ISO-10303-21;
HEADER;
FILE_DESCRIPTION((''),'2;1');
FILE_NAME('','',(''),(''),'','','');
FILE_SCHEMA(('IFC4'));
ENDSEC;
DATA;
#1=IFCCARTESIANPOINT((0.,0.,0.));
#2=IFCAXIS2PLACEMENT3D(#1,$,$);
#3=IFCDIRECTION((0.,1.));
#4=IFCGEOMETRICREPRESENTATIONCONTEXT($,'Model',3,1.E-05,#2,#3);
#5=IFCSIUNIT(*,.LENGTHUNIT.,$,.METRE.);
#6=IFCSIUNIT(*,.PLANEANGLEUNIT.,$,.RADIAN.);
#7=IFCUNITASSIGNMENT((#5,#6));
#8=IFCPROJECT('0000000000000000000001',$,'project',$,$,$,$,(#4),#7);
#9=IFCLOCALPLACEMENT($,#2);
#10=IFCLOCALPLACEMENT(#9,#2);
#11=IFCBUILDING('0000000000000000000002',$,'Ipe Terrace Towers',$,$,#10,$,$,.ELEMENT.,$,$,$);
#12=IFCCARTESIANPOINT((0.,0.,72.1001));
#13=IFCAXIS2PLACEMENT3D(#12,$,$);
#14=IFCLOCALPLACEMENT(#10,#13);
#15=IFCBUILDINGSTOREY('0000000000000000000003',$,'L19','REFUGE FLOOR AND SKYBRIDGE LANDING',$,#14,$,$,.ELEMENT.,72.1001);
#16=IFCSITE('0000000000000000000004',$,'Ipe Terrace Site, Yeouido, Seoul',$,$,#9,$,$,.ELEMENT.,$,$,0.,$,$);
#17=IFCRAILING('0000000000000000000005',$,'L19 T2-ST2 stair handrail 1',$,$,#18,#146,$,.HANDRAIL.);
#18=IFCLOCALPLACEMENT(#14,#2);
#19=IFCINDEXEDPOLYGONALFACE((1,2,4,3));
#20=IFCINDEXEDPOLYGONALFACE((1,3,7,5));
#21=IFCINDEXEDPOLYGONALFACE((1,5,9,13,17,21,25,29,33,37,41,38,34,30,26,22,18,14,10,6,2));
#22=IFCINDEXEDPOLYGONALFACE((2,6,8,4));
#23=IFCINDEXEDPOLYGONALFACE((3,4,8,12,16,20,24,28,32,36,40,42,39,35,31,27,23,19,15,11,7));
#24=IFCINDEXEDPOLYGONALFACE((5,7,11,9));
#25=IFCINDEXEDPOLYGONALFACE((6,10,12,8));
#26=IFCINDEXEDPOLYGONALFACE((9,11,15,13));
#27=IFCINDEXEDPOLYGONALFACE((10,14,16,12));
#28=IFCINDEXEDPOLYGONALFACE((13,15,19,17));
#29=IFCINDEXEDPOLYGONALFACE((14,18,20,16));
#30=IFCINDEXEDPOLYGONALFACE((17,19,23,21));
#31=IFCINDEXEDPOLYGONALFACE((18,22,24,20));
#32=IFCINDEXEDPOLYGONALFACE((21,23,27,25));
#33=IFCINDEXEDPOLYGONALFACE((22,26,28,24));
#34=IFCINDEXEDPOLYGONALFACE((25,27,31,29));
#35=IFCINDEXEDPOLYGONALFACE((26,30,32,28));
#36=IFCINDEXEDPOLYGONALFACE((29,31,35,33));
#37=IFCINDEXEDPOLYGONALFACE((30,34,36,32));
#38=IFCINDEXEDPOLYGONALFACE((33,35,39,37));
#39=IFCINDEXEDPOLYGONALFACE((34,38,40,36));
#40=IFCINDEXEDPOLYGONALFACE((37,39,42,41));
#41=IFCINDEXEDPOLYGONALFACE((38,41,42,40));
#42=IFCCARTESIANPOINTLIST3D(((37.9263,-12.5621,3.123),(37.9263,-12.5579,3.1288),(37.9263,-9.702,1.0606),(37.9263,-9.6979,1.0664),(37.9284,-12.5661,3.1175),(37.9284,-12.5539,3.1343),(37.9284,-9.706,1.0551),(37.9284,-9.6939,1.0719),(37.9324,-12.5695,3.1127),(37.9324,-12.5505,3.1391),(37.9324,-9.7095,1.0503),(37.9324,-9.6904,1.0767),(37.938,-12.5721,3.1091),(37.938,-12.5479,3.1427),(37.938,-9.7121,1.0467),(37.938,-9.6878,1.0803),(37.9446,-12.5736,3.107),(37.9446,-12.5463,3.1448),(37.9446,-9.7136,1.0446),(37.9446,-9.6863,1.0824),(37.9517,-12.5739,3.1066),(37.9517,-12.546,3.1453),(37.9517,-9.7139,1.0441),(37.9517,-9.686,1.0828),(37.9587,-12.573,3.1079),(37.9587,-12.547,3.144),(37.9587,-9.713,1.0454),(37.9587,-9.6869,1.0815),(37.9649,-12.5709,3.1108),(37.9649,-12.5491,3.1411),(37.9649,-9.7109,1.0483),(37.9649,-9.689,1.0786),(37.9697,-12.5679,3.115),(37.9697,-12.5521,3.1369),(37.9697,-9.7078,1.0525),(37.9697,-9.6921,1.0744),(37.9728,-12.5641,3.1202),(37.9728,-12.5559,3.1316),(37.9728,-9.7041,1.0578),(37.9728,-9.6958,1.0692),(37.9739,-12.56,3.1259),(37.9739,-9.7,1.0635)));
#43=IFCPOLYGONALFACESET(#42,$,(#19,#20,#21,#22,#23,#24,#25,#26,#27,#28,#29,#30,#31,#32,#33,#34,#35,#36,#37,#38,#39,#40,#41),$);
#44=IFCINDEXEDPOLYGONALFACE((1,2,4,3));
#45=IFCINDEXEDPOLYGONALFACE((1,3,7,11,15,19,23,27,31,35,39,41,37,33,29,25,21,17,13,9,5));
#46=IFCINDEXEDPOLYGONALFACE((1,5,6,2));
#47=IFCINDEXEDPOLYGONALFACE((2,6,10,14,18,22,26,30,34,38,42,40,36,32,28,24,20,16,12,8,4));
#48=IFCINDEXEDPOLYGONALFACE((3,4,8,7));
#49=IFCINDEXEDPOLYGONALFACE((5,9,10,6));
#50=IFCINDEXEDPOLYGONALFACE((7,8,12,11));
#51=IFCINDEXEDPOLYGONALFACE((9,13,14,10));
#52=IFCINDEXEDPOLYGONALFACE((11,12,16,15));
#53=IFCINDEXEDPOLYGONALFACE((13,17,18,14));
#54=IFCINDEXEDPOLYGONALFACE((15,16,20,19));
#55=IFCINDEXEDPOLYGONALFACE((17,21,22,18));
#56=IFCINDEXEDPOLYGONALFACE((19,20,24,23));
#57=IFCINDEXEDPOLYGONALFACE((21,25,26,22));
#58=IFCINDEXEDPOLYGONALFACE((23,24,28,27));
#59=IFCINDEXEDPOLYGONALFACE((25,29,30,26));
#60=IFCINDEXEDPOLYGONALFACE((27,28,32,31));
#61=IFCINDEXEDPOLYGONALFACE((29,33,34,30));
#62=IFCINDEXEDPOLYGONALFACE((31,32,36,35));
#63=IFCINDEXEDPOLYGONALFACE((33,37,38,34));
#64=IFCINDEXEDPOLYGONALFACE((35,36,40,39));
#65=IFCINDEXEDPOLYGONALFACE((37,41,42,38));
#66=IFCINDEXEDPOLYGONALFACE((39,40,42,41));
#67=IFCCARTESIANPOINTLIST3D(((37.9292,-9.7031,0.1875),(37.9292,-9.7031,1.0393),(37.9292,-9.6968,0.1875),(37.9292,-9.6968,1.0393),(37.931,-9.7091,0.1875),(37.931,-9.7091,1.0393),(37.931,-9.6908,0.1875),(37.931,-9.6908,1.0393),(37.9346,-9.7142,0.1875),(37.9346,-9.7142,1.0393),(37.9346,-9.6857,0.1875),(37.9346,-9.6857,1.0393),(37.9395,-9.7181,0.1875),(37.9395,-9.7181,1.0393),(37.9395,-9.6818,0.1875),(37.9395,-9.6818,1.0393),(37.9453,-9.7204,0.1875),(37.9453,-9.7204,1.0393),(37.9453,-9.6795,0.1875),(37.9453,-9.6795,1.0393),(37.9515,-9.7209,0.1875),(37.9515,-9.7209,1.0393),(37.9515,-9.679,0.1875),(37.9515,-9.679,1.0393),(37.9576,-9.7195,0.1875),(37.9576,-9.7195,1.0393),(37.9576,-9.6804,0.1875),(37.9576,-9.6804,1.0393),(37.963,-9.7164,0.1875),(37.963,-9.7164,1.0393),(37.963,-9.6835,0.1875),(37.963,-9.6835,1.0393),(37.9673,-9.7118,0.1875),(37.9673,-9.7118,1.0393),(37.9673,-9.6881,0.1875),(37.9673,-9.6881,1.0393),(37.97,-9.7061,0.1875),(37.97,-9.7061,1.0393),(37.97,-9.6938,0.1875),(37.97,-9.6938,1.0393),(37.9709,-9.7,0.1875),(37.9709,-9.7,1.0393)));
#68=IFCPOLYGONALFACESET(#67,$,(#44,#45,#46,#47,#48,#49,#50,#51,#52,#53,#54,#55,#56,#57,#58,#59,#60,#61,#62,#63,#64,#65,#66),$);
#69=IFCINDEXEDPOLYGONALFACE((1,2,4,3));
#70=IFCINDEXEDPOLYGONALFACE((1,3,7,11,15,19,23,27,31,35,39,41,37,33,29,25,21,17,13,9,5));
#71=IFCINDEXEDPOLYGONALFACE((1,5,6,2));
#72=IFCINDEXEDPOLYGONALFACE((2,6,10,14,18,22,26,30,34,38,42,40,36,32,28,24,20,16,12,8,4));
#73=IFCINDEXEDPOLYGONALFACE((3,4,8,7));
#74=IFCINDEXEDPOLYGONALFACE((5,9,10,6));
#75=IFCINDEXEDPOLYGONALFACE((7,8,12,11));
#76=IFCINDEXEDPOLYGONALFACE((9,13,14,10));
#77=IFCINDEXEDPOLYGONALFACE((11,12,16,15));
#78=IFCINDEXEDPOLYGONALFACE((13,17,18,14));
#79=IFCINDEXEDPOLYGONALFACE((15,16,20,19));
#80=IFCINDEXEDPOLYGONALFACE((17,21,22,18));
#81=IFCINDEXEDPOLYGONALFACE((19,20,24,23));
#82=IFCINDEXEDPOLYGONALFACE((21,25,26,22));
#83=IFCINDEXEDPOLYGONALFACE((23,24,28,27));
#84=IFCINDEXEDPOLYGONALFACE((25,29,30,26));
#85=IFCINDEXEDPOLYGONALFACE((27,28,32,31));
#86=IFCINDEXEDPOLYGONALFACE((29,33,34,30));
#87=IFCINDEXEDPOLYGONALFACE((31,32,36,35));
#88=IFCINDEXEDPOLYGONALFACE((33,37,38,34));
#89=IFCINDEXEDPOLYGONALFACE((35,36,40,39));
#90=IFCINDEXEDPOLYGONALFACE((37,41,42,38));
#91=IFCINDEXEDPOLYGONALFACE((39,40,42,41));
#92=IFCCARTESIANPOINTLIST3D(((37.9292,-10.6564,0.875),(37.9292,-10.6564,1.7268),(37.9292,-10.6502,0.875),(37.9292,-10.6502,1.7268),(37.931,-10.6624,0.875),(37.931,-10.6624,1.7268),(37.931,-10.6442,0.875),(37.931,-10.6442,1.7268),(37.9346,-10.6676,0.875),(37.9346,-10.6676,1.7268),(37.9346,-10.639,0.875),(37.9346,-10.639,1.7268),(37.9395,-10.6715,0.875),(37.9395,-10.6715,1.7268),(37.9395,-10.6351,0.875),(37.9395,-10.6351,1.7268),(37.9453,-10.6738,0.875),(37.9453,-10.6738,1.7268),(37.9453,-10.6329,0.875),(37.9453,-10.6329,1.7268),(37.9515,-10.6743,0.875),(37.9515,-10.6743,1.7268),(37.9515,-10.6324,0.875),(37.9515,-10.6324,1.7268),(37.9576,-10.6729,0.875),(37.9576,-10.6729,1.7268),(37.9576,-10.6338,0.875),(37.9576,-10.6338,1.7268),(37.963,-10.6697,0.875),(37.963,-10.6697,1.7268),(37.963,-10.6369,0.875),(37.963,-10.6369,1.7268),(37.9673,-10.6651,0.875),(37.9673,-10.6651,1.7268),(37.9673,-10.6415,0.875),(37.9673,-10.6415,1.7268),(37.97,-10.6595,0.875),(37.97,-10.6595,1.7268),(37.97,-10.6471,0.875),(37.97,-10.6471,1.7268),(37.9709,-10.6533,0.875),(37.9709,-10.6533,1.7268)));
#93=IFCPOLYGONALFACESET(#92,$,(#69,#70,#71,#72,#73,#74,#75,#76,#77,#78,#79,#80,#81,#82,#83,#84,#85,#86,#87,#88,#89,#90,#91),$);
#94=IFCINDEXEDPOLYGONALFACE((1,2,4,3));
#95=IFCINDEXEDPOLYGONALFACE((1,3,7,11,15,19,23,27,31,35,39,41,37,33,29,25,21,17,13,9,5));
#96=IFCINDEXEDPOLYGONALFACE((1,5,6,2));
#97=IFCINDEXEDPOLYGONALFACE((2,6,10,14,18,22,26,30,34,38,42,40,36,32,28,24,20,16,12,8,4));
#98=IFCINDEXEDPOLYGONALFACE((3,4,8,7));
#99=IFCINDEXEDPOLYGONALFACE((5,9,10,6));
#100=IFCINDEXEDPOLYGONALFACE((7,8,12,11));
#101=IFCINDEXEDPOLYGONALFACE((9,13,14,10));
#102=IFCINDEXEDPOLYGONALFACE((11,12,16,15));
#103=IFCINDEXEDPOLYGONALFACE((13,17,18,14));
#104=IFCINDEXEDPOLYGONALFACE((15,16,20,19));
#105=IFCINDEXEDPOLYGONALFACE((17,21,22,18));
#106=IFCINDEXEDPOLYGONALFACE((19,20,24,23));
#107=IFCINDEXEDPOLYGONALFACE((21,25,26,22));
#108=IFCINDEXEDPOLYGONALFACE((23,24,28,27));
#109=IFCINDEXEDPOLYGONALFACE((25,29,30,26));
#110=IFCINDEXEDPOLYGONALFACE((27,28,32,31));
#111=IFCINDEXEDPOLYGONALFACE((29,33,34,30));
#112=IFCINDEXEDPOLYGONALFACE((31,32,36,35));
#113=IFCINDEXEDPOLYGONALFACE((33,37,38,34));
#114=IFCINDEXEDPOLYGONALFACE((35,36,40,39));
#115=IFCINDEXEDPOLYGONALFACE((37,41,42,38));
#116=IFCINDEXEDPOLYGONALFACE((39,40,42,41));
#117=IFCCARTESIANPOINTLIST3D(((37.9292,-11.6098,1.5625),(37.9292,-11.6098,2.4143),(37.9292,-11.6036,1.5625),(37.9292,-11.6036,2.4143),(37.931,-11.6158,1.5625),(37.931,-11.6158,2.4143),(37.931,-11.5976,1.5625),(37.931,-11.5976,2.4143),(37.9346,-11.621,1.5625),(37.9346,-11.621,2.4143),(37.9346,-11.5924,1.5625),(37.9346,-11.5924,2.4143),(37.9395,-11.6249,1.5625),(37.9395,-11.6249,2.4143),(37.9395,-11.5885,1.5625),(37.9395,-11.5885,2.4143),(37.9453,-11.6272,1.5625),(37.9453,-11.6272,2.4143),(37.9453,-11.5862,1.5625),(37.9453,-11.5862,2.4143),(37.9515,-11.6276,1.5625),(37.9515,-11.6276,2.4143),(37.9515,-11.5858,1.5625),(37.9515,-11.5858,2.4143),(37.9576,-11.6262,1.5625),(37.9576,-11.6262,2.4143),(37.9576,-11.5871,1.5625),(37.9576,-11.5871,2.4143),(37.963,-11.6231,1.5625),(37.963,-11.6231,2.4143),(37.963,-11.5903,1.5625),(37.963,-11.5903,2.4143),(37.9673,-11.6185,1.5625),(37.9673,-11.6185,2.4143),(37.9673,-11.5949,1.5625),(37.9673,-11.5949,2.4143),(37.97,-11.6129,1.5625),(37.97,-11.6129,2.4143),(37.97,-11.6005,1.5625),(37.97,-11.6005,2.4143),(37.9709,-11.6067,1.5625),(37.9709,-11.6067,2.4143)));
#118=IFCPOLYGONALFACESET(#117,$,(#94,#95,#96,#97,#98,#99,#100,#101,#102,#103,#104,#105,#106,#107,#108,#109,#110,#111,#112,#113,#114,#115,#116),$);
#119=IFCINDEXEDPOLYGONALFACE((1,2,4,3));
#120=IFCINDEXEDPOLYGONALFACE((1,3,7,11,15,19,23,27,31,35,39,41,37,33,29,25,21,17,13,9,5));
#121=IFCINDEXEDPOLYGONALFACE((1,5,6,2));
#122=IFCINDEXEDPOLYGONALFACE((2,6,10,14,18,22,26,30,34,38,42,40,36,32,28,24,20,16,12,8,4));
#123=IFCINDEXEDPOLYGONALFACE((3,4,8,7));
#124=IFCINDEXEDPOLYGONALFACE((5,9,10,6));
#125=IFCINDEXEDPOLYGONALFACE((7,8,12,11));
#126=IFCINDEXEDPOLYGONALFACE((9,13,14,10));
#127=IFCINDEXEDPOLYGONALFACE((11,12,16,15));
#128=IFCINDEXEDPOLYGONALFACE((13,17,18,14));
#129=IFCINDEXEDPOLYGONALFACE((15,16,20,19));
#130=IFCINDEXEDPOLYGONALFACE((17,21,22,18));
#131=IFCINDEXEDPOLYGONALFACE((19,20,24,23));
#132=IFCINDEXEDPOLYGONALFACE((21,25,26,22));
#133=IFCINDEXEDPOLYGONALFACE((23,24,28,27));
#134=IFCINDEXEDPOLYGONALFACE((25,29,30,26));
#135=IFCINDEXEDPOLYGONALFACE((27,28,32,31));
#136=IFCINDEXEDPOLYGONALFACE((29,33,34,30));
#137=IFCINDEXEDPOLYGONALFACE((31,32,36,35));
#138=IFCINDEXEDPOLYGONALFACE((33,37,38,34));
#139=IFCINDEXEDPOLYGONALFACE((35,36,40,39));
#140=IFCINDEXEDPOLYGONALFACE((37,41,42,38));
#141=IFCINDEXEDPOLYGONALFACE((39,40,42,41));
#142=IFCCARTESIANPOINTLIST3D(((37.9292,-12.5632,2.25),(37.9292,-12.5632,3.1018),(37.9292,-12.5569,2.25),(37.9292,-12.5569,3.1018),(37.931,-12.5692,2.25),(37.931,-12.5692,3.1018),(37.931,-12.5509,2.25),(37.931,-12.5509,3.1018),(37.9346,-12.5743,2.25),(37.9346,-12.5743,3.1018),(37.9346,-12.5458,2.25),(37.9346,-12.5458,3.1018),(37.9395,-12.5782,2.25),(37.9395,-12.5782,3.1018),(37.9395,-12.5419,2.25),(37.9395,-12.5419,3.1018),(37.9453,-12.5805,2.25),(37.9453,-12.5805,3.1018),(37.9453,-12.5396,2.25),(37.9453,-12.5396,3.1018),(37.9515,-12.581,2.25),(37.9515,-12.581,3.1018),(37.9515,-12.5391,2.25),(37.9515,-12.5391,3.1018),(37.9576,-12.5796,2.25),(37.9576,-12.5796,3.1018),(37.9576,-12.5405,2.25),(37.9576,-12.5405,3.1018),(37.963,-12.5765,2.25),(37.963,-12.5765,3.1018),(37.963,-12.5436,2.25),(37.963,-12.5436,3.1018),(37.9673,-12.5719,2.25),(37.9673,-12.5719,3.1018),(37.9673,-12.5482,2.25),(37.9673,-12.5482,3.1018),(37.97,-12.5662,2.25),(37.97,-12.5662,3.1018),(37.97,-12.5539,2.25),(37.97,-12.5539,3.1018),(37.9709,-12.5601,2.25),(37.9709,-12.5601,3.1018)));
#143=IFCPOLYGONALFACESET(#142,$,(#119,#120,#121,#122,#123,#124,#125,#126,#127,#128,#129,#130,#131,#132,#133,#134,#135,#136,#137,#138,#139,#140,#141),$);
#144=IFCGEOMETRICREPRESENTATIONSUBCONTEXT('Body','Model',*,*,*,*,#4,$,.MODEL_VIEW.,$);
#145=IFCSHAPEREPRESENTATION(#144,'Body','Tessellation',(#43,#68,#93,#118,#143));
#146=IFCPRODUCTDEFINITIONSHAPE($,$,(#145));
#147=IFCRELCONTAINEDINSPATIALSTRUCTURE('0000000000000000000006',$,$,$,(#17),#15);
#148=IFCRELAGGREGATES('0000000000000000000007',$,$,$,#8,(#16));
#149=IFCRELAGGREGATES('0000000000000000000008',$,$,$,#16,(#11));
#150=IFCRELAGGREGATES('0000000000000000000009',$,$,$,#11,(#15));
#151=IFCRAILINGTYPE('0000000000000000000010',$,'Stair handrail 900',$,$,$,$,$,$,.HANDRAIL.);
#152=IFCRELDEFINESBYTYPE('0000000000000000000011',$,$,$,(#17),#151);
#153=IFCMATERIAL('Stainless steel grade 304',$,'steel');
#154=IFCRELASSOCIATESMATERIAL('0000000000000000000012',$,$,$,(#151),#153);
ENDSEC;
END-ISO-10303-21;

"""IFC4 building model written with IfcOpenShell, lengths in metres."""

from ifc_helpers import new_model, si_unit, direction, frame, origin, origin_2d, place, context, subcontext, project, spatial, circle, extrude, material, type_object, element, save


model = new_model("IFC4")

# Units and contexts
model_context = context("Model", 3, precision=1e-05, world=origin(), true_north=direction((0.0, 1.0)))
body_context = subcontext(model_context, "Body", "Model", "MODEL_VIEW")
ifc_project = project(units=[si_unit("LENGTHUNIT", "METRE"), si_unit("PLANEANGLEUNIT", "RADIAN")], contexts=[model_context])

# Site, building, storey
site_placement = place(None, origin())
site = spatial("IfcSite", under=ifc_project, at=site_placement, Name="Ipe Terrace Site, Yeouido, Seoul", CompositionType="ELEMENT", RefElevation=0.0)
building_placement = place(site_placement, origin())
building = spatial("IfcBuilding", under=site, at=building_placement, Name="Ipe Terrace Towers", CompositionType="ELEMENT")
storey_placement = place(building_placement, frame((0.0, 0.0, 72.1001)))
storey = spatial("IfcBuildingStorey", under=building, at=storey_placement, Name="L19", Description="REFUGE FLOOR AND SKYBRIDGE LANDING", CompositionType="ELEMENT", Elevation=72.1001)

# Railing
ifc_material_1 = material(Name="Stainless steel grade 304", Category="steel")
railing_type_1 = type_object("IfcRailingType", Name="Stair handrail 900", PredefinedType="HANDRAIL", material=ifc_material_1)
railing_1_placement = place(storey_placement, frame((37.95, -9.7, 0.1875)))
element("IfcRailing", 1, at=railing_1_placement, inside=storey, type_object=railing_type_1, Name="L19 T2-ST2 stair handrail 1", PredefinedType="HANDRAIL", context=body_context, shape_type="SweptSolid", body=[
    extrude(circle(Radius=0.0239, at=origin_2d()), frame((0.0, 0.0, 0.876), z_axis=(0.0, -0.811101, 0.584906), x_axis=(1.0, 0.0, 0.0)), (0.0, 0.0, 1.0), 3.5261),
    extrude(circle(Radius=0.021, at=origin_2d()), origin(), (0.0, 0.0, 1.0), 0.8518),
    extrude(circle(Radius=0.021, at=origin_2d()), frame((0.0, -0.9534, 0.6875)), (0.0, 0.0, 1.0), 0.8518),
    extrude(circle(Radius=0.021, at=origin_2d()), frame((0.0, -1.9067, 1.375)), (0.0, 0.0, 1.0), 0.8518),
    extrude(circle(Radius=0.021, at=origin_2d()), frame((0.0, -2.8601, 2.0625)), (0.0, 0.0, 1.0), 0.8518),
])

save(model, "model.ifc")
